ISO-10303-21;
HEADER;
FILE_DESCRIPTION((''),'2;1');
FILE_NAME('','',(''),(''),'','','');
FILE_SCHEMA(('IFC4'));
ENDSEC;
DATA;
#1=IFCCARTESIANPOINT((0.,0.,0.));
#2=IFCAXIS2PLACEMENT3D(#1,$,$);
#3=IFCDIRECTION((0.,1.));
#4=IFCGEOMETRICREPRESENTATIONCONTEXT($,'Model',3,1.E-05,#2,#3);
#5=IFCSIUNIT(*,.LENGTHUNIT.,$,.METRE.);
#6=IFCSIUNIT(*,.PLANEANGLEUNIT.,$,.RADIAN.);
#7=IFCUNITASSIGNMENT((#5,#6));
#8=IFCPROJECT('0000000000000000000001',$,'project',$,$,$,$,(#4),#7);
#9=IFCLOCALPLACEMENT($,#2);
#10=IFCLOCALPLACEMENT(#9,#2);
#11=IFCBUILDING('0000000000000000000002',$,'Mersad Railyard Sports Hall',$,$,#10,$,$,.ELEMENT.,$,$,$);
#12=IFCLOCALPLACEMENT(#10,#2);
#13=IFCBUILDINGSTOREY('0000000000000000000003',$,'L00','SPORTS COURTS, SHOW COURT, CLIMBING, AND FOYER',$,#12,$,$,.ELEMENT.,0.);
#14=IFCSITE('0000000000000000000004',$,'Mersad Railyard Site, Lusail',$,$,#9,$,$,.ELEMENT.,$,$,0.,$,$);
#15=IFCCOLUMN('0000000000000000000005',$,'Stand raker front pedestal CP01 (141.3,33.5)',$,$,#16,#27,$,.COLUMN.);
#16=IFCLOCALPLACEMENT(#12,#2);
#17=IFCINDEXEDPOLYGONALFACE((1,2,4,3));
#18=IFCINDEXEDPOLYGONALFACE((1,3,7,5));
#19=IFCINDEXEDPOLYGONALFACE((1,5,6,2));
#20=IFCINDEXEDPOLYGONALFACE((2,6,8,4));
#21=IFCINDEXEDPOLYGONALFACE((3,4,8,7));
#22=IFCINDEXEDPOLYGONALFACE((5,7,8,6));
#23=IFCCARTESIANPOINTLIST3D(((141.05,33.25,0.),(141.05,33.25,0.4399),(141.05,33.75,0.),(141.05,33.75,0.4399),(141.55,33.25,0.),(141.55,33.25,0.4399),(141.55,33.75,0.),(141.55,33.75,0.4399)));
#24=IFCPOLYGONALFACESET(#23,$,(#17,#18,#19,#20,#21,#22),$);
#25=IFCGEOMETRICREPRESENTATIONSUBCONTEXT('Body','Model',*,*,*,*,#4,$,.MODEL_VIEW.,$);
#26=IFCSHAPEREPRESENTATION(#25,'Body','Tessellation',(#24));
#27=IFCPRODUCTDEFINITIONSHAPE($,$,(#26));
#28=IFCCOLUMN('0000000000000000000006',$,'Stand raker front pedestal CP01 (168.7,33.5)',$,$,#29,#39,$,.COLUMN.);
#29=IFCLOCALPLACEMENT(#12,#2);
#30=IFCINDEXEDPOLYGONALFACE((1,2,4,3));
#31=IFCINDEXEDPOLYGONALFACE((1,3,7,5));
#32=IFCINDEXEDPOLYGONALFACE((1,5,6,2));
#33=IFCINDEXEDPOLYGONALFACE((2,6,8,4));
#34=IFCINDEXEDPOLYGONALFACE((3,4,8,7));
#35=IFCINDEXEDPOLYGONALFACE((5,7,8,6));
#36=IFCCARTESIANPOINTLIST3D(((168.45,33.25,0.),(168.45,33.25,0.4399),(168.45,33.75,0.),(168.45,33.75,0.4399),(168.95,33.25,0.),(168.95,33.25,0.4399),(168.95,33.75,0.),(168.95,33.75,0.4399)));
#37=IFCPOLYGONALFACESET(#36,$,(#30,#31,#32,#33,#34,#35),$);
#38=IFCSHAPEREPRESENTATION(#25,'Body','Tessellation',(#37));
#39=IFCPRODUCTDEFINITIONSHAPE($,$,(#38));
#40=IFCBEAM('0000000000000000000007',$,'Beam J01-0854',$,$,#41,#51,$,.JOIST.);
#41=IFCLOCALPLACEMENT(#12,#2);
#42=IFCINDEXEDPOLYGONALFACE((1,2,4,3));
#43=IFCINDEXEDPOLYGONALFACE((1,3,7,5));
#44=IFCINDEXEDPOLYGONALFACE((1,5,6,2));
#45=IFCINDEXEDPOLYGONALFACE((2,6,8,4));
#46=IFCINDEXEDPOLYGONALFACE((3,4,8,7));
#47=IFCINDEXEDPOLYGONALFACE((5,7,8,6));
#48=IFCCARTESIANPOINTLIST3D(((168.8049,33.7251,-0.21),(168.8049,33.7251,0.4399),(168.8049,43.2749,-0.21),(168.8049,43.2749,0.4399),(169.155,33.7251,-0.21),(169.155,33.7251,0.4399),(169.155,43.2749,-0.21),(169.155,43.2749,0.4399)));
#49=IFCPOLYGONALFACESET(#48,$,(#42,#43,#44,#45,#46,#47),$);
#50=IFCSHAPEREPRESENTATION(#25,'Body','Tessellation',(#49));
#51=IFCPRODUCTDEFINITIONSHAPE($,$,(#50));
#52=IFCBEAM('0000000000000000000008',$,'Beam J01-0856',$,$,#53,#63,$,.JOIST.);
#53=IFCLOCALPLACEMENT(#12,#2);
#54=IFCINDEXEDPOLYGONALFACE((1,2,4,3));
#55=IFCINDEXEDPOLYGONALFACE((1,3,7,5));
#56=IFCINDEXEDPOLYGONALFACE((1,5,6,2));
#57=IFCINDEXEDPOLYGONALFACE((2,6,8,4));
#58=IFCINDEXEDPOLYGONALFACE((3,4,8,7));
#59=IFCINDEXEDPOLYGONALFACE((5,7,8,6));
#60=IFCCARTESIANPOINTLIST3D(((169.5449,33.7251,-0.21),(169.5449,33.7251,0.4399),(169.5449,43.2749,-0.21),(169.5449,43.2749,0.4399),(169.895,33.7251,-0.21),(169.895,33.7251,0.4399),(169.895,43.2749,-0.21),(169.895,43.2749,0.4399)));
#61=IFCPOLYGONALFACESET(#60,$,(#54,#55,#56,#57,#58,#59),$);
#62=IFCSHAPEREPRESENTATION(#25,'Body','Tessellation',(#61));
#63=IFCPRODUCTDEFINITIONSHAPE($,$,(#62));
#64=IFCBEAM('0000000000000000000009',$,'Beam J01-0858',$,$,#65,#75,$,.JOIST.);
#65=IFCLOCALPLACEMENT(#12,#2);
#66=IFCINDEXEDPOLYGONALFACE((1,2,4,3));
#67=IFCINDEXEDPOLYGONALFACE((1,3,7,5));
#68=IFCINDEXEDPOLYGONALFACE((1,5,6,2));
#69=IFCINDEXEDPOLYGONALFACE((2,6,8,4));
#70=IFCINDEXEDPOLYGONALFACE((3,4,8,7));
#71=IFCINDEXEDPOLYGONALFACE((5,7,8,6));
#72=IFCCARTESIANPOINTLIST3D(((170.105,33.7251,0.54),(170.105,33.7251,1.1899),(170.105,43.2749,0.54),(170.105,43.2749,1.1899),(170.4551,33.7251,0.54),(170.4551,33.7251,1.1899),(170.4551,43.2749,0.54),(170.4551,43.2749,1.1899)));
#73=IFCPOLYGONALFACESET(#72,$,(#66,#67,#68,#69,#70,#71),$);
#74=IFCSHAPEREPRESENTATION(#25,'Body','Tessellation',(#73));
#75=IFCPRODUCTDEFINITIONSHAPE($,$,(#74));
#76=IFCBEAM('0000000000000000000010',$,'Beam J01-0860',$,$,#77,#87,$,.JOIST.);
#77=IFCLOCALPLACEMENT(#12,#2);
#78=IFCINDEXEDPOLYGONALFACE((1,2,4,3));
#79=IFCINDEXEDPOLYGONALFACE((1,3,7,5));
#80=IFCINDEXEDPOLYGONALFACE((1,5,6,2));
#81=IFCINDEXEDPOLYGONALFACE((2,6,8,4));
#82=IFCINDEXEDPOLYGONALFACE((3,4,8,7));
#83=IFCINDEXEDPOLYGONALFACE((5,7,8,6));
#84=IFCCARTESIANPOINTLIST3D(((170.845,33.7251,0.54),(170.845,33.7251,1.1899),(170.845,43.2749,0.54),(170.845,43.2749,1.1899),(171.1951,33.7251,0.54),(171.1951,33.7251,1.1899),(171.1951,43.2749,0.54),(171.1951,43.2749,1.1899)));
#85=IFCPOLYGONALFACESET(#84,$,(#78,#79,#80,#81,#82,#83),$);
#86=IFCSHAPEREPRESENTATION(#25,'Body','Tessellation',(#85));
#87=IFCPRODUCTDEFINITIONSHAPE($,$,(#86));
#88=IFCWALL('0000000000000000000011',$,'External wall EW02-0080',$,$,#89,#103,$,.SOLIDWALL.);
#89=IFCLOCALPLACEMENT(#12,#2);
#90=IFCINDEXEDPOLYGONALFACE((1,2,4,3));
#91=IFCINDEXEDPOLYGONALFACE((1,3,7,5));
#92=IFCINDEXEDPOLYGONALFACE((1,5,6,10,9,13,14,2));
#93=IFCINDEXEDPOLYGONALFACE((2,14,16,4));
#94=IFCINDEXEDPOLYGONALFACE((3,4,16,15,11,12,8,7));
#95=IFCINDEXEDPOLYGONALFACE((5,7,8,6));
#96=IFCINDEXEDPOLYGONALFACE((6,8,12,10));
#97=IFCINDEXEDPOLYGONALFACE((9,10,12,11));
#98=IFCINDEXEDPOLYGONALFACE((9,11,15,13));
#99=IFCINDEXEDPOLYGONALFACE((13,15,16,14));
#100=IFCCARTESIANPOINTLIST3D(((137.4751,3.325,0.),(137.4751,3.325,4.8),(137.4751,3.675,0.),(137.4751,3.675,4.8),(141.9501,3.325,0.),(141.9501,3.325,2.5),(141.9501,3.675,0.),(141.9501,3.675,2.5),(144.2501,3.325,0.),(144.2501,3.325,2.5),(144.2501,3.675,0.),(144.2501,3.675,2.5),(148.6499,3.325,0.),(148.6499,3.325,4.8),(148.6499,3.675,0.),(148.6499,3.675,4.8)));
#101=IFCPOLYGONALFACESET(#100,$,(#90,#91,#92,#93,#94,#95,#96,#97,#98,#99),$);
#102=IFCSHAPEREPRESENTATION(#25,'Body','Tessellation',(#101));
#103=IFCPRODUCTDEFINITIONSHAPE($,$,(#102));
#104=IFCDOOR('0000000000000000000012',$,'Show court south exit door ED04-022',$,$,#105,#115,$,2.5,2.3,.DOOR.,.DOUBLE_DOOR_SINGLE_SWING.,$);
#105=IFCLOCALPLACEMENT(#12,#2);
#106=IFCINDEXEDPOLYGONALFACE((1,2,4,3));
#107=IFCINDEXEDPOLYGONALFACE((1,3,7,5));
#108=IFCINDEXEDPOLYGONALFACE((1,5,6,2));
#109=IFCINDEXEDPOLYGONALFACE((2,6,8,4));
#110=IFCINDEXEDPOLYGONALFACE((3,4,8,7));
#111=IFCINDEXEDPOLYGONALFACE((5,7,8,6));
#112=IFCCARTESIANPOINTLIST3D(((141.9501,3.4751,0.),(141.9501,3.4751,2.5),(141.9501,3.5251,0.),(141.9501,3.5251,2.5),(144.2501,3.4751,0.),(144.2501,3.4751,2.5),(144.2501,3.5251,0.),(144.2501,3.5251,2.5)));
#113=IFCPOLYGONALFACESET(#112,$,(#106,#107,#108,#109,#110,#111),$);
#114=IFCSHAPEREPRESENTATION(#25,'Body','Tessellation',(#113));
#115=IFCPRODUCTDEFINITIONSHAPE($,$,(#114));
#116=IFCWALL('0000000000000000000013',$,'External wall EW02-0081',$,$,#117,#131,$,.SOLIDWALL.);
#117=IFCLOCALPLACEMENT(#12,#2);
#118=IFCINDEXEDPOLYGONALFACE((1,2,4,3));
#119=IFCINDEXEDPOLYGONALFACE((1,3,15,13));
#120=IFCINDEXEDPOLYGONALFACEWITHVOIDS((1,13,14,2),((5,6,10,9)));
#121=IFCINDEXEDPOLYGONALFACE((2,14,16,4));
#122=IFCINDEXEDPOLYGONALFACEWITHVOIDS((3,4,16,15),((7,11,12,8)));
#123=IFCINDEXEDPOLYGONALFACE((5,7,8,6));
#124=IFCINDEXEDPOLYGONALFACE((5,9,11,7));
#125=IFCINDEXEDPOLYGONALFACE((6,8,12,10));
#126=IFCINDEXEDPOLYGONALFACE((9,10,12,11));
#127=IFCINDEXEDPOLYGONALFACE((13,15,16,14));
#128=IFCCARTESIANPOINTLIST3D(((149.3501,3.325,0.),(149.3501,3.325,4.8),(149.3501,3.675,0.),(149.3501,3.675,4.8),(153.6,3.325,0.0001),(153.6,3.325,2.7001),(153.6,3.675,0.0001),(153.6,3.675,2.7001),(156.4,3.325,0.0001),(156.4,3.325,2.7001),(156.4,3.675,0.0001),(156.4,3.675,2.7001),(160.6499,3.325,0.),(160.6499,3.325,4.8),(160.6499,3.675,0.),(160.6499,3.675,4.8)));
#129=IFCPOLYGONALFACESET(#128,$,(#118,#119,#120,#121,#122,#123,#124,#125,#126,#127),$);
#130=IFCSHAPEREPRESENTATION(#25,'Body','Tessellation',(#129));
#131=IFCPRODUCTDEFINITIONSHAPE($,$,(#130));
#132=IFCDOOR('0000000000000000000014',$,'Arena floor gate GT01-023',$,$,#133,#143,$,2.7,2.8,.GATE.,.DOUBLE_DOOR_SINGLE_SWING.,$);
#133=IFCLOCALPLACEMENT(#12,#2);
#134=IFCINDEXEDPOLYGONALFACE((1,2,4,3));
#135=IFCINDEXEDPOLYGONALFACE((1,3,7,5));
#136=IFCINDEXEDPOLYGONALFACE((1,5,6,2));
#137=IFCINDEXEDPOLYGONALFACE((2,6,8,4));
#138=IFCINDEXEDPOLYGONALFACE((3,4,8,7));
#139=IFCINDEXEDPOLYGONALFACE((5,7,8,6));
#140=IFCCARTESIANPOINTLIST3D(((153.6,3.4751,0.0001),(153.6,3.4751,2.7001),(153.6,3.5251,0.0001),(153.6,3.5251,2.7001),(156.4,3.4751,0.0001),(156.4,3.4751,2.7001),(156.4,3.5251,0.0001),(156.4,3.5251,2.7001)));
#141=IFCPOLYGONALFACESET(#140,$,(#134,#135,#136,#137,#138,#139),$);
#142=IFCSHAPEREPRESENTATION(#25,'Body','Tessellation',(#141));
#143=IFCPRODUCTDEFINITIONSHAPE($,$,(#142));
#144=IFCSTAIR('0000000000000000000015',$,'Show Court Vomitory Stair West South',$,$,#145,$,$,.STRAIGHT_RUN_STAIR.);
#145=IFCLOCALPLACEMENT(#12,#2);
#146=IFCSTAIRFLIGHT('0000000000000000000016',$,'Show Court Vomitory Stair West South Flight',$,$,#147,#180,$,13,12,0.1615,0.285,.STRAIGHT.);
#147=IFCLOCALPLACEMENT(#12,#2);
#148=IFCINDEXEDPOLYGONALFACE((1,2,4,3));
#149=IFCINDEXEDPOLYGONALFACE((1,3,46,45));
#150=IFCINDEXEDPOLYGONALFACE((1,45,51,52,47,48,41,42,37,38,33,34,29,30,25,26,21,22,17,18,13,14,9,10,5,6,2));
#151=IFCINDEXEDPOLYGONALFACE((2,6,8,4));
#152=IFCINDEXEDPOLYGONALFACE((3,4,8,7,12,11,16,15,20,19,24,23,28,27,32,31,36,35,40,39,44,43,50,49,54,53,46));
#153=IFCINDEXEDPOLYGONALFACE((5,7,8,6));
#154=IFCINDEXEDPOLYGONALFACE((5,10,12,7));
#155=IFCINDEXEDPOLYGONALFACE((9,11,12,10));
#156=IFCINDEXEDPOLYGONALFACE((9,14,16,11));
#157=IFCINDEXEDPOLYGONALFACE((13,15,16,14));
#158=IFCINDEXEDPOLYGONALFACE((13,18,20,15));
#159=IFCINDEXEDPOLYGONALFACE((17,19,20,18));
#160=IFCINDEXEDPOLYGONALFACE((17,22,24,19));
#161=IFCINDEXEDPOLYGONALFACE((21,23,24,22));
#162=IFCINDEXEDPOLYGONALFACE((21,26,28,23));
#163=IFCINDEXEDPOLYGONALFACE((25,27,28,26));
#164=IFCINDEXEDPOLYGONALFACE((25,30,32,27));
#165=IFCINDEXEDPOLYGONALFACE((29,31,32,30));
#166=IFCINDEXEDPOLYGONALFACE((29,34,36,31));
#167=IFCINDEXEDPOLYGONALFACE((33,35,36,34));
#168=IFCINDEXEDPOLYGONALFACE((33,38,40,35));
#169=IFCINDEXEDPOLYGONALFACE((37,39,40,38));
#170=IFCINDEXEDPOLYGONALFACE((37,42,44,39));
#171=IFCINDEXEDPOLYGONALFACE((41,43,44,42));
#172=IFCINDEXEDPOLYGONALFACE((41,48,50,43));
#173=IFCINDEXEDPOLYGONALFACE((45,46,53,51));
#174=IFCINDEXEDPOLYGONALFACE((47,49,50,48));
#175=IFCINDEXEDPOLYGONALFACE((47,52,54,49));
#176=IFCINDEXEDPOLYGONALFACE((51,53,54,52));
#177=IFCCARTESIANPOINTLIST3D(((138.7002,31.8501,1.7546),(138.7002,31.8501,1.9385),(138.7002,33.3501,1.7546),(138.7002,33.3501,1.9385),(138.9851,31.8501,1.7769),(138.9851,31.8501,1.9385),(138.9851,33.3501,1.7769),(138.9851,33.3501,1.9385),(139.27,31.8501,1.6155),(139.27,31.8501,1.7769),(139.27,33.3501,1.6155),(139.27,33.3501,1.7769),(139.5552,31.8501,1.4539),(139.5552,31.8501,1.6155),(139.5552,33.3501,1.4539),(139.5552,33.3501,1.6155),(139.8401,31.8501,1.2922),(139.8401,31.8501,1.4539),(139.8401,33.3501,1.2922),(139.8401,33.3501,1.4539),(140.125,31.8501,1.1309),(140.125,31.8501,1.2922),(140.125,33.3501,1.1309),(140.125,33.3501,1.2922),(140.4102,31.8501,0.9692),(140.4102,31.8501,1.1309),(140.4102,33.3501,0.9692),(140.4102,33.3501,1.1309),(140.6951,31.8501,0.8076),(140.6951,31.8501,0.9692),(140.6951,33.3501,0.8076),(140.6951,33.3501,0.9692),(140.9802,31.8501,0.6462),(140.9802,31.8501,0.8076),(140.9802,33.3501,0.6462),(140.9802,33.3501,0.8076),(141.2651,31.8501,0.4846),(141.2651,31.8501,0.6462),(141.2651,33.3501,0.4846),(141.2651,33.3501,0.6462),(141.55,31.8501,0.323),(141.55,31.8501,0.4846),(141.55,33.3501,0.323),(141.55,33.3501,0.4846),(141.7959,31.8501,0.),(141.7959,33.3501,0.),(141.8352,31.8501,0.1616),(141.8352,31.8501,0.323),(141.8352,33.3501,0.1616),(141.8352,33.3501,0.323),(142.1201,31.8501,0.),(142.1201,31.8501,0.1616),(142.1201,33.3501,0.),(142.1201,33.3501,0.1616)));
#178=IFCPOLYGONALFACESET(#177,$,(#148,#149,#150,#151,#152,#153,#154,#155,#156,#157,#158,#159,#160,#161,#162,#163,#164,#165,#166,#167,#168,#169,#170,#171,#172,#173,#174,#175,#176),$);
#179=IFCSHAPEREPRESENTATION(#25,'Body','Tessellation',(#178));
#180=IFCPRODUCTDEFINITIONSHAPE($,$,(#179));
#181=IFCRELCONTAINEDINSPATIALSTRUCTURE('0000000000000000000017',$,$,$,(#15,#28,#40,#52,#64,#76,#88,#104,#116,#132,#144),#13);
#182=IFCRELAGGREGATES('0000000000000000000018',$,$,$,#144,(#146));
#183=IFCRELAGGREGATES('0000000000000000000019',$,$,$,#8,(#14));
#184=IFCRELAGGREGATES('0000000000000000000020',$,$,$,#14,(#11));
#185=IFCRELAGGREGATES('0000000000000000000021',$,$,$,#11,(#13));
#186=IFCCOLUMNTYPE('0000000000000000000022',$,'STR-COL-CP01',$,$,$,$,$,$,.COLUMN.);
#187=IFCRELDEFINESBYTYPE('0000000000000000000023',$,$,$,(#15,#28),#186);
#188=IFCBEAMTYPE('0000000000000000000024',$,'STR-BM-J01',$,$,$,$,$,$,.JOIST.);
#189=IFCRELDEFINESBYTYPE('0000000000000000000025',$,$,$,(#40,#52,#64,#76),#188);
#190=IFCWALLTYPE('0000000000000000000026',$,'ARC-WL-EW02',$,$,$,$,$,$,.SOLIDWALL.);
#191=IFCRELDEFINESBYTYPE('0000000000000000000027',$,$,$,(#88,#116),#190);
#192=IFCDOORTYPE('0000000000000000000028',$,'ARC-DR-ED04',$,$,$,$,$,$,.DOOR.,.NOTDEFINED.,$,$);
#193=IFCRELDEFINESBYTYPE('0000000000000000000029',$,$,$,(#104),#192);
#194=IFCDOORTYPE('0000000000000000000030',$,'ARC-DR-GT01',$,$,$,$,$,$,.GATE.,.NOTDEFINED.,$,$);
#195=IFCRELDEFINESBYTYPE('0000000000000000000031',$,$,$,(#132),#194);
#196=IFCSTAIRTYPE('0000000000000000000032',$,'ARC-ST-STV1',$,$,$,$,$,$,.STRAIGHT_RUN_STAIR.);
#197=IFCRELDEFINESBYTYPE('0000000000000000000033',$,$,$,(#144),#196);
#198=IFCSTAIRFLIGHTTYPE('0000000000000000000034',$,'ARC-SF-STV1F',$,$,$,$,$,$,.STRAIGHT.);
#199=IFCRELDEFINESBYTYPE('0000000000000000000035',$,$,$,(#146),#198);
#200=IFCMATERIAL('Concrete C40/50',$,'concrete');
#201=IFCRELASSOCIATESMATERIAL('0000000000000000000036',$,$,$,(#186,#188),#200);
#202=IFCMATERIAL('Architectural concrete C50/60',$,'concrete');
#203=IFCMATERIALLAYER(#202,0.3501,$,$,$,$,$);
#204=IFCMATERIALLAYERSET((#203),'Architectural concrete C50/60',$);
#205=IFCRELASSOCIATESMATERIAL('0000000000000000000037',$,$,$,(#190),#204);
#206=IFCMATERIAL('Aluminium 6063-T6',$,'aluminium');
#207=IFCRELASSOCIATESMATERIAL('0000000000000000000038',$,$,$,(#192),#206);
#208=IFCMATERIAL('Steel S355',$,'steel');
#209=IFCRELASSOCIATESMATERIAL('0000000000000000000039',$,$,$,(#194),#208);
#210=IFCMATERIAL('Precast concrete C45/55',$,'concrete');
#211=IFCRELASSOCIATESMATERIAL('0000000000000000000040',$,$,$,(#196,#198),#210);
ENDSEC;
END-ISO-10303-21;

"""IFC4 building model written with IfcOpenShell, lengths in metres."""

from ifc_helpers import new_model, si_unit, direction, frame, frame_2d, origin, origin_2d, place, context, subcontext, project, spatial, polyline, rectangle, outline, extrude, material, layer, layer_set, material_profile, profile_set, type_object, element, fill, aggregate, save


model = new_model("IFC4")

# Units and contexts
model_context = context("Model", 3, precision=1e-05, world=origin(), true_north=direction((0.0, 1.0)))
body_context = subcontext(model_context, "Body", "Model", "MODEL_VIEW")
ifc_project = project(units=[si_unit("LENGTHUNIT", "METRE"), si_unit("PLANEANGLEUNIT", "RADIAN")], contexts=[model_context])

# Site, building, storey
site_placement = place(None, origin())
site = spatial("IfcSite", under=ifc_project, at=site_placement, Name="Mersad Railyard Site, Lusail", CompositionType="ELEMENT", RefElevation=0.0)
building_placement = place(site_placement, origin())
building = spatial("IfcBuilding", under=site, at=building_placement, Name="Mersad Railyard Sports Hall", CompositionType="ELEMENT")
storey_placement = place(building_placement, origin())
storey = spatial("IfcBuildingStorey", under=building, at=storey_placement, Name="L00", Description="SPORTS COURTS, SHOW COURT, CLIMBING, AND FOYER", CompositionType="ELEMENT", Elevation=0.0)

# Columns
ifc_material_1 = material(Name="Concrete C40/50", Category="concrete")
ifc_material_profile_1 = material_profile(ifc_material_1, rectangle(XDim=0.5, YDim=0.5, at=origin_2d()), Name="RC 500x500")
ifc_profile_set_1 = profile_set([ifc_material_profile_1], Name="Concrete C40/50")
column_type = type_object("IfcColumnType", Name="STR-COL-CP01", PredefinedType="COLUMN", material=ifc_profile_set_1)
for number, where, z_axis, x_axis, name in (
    (1, (141.3, 33.5, 0.0), (0.0, 0.0, 1.0), (1.0, 0.0, 0.0), "Stand raker front pedestal CP01 (141.3,33.5)"),
    (2, (168.7, 33.5, 0.0), (0.0, 0.0, 1.0), (1.0, 0.0, 0.0), "Stand raker front pedestal CP01 (168.7,33.5)"),
):
    element("IfcColumn", number, at=place(storey_placement, frame(where, z_axis=z_axis, x_axis=x_axis)), inside=storey, type_object=column_type, Name=name, PredefinedType="COLUMN", context=body_context, shape_type="SweptSolid", body=[
        extrude(rectangle(XDim=0.5, YDim=0.5, at=origin_2d()), origin(), (0.0, 0.0, 1.0), 0.4399),
    ])

# Beams
ifc_material_profile_2 = material_profile(ifc_material_1, rectangle(XDim=0.3501, YDim=0.6499, at=origin_2d()), Name="RC 350x650")
ifc_profile_set_2 = profile_set([ifc_material_profile_2], Name="Concrete C40/50")
beam_type = type_object("IfcBeamType", Name="STR-BM-J01", PredefinedType="JOIST", material=ifc_profile_set_2)
for number, where, z_axis, x_axis, name in (
    (3, (168.98, 33.7251, 0.115), (0.0, 1.0, 0.0), (-1.0, 0.0, 0.0), "Beam J01-0854"),
    (4, (169.72, 33.7251, 0.115), (0.0, 1.0, 0.0), (-1.0, 0.0, 0.0), "Beam J01-0856"),
    (5, (170.28, 33.7251, 0.865), (0.0, 1.0, 0.0), (-1.0, 0.0, 0.0), "Beam J01-0858"),
    (6, (171.02, 33.7251, 0.865), (0.0, 1.0, 0.0), (-1.0, 0.0, 0.0), "Beam J01-0860"),
):
    element("IfcBeam", number, at=place(storey_placement, frame(where, z_axis=z_axis, x_axis=x_axis)), inside=storey, type_object=beam_type, Name=name, PredefinedType="JOIST", context=body_context, shape_type="SweptSolid", body=[
        extrude(rectangle(XDim=0.3501, YDim=0.6499, at=origin_2d()), origin(), (0.0, 0.0, 1.0), 9.5498),
    ])

# Walls, openings, doors
ifc_material_2 = material(Name="Architectural concrete C50/60", Category="concrete")
ifc_layer_1 = layer(ifc_material_2, 0.3501)
ifc_layer_set_1 = layer_set([ifc_layer_1], Name="Architectural concrete C50/60")
wall_type = type_object("IfcWallType", Name="ARC-WL-EW02", PredefinedType="SOLIDWALL", material=ifc_layer_set_1)
wall_1_placement = place(storey_placement, frame((148.6499, 3.5, 0.0), z_axis=(0.0, 0.0, 1.0), x_axis=(-1.0, 0.0, 0.0)))
wall_1 = element("IfcWall", 7, at=wall_1_placement, inside=storey, type_object=wall_type, Name="External wall EW02-0080", PredefinedType="SOLIDWALL", context=body_context, shape_type="SweptSolid", body=[
    extrude(rectangle(XDim=11.1748, YDim=0.3501, at=frame_2d((5.5874, 0.0))), origin(), (0.0, 0.0, 1.0), 4.8),
])
opening_1_placement = place(wall_1_placement, frame((4.3999, 0.0, 0.0)))
opening_1 = element("IfcOpeningElement", 8, at=opening_1_placement, cuts=wall_1, PredefinedType="OPENING", context=body_context, shape_type="SweptSolid", body=[
    extrude(rectangle(XDim=2.3, YDim=2.5, at=frame_2d((1.1499, 1.25))), frame((0.0, 0.1851, 0.0), z_axis=(0.0, -1.0, 0.0), x_axis=(1.0, 0.0, 0.0)), (0.0, 0.0, 1.0), 0.3701),
])
ifc_material_3 = material(Name="Aluminium 6063-T6", Category="aluminium")
door_type_1 = type_object("IfcDoorType", Name="ARC-DR-ED04", OperationType="NOTDEFINED", PredefinedType="DOOR", material=ifc_material_3)
door_1_placement = place(opening_1_placement, origin())
door_1 = element("IfcDoor", 9, at=door_1_placement, inside=storey, type_object=door_type_1, Name="Show court south exit door ED04-022", OperationType="DOUBLE_DOOR_SINGLE_SWING", OverallHeight=2.5, OverallWidth=2.3, PredefinedType="DOOR", context=body_context, shape_type="SweptSolid", body=[
    extrude(rectangle(XDim=2.3, YDim=2.5, at=frame_2d((1.1499, 1.25))), frame((0.0, 0.0249, 0.0), z_axis=(0.0, -1.0, 0.0), x_axis=(1.0, 0.0, 0.0)), (0.0, 0.0, 1.0), 0.05),
])
fill(opening_1, door_1)
wall_2_placement = place(storey_placement, frame((160.6499, 3.5, 0.0), z_axis=(0.0, 0.0, 1.0), x_axis=(-1.0, 0.0, 0.0)))
wall_2 = element("IfcWall", 10, at=wall_2_placement, inside=storey, type_object=wall_type, Name="External wall EW02-0081", PredefinedType="SOLIDWALL", context=body_context, shape_type="SweptSolid", body=[
    extrude(rectangle(XDim=11.2998, YDim=0.3501, at=frame_2d((5.6499, 0.0))), origin(), (0.0, 0.0, 1.0), 4.8),
])
opening_2_placement = place(wall_2_placement, frame((4.25, 0.0, 0.0)))
opening_2 = element("IfcOpeningElement", 11, at=opening_2_placement, cuts=wall_2, PredefinedType="OPENING", context=body_context, shape_type="SweptSolid", body=[
    extrude(rectangle(XDim=2.8, YDim=2.7, at=frame_2d((1.3999, 1.3501))), frame((0.0, 0.1851, 0.0), z_axis=(0.0, -1.0, 0.0), x_axis=(1.0, 0.0, 0.0)), (0.0, 0.0, 1.0), 0.3701),
])
ifc_material_4 = material(Name="Steel S355", Category="steel")
door_type_2 = type_object("IfcDoorType", Name="ARC-DR-GT01", OperationType="NOTDEFINED", PredefinedType="GATE", material=ifc_material_4)
door_2_placement = place(opening_2_placement, origin())
door_2 = element("IfcDoor", 12, at=door_2_placement, inside=storey, type_object=door_type_2, Name="Arena floor gate GT01-023", OperationType="DOUBLE_DOOR_SINGLE_SWING", OverallHeight=2.7, OverallWidth=2.8, PredefinedType="GATE", context=body_context, shape_type="SweptSolid", body=[
    extrude(rectangle(XDim=2.8, YDim=2.7, at=frame_2d((1.3999, 1.3501))), frame((0.0, 0.0249, 0.0), z_axis=(0.0, -1.0, 0.0), x_axis=(1.0, 0.0, 0.0)), (0.0, 0.0, 1.0), 0.05),
])
fill(opening_2, door_2)

# Stair, stair flight
ifc_material_5 = material(Name="Precast concrete C45/55", Category="concrete")
stair_type_1 = type_object("IfcStairType", Name="ARC-ST-STV1", PredefinedType="STRAIGHT_RUN_STAIR", material=ifc_material_5)
stair_1_placement = place(storey_placement, origin())
stair_1 = element("IfcStair", 13, at=stair_1_placement, inside=storey, type_object=stair_type_1, Name="Show Court Vomitory Stair West South", PredefinedType="STRAIGHT_RUN_STAIR")
stair_flight_type_1 = type_object("IfcStairFlightType", Name="ARC-SF-STV1F", PredefinedType="STRAIGHT", material=ifc_material_5)
stair_flight_1_placement = place(storey_placement, frame((142.1201, 32.6001, 0.0), z_axis=(0.0, 0.0, 1.0), x_axis=(-1.0, 0.0, 0.0)))
stair_flight_1 = element("IfcStairFlight", 14, at=stair_flight_1_placement, type_object=stair_flight_type_1, Name="Show Court Vomitory Stair West South Flight", NumberOfRisers=13, NumberOfTreads=12, PredefinedType="STRAIGHT", RiserHeight=0.1615, TreadLength=0.285, context=body_context, shape_type="SweptSolid", body=[
    extrude(outline(polyline([(0.0, 0.0), (0.0, 0.1616), (0.2849, 0.1616), (0.2849, 0.323), (0.5701, 0.323), (0.5701, 0.4846), (0.855, 0.4846), (0.855, 0.6462), (1.1399, 0.6462), (1.1399, 0.8076), (1.425, 0.8076), (1.425, 0.9692), (1.71, 0.9692), (1.71, 1.1309), (1.9951, 1.1309), (1.9951, 1.2922), (2.28, 1.2922), (2.28, 1.4539), (2.5649, 1.4539), (2.5649, 1.6155), (2.8501, 1.6155), (2.8501, 1.7769), (3.135, 1.7769), (3.135, 1.9385), (3.4199, 1.9385), (3.4199, 2.1001), (3.4199, 1.7546), (0.3242, 0.0), (0.0, 0.0)])), frame((0.0, 0.75, 0.0), z_axis=(0.0, -1.0, 0.0), x_axis=(1.0, 0.0, 0.0)), (0.0, 0.0, 1.0), 1.5),
])
aggregate(stair_1, [stair_flight_1])

save(model, "model.ifc")
